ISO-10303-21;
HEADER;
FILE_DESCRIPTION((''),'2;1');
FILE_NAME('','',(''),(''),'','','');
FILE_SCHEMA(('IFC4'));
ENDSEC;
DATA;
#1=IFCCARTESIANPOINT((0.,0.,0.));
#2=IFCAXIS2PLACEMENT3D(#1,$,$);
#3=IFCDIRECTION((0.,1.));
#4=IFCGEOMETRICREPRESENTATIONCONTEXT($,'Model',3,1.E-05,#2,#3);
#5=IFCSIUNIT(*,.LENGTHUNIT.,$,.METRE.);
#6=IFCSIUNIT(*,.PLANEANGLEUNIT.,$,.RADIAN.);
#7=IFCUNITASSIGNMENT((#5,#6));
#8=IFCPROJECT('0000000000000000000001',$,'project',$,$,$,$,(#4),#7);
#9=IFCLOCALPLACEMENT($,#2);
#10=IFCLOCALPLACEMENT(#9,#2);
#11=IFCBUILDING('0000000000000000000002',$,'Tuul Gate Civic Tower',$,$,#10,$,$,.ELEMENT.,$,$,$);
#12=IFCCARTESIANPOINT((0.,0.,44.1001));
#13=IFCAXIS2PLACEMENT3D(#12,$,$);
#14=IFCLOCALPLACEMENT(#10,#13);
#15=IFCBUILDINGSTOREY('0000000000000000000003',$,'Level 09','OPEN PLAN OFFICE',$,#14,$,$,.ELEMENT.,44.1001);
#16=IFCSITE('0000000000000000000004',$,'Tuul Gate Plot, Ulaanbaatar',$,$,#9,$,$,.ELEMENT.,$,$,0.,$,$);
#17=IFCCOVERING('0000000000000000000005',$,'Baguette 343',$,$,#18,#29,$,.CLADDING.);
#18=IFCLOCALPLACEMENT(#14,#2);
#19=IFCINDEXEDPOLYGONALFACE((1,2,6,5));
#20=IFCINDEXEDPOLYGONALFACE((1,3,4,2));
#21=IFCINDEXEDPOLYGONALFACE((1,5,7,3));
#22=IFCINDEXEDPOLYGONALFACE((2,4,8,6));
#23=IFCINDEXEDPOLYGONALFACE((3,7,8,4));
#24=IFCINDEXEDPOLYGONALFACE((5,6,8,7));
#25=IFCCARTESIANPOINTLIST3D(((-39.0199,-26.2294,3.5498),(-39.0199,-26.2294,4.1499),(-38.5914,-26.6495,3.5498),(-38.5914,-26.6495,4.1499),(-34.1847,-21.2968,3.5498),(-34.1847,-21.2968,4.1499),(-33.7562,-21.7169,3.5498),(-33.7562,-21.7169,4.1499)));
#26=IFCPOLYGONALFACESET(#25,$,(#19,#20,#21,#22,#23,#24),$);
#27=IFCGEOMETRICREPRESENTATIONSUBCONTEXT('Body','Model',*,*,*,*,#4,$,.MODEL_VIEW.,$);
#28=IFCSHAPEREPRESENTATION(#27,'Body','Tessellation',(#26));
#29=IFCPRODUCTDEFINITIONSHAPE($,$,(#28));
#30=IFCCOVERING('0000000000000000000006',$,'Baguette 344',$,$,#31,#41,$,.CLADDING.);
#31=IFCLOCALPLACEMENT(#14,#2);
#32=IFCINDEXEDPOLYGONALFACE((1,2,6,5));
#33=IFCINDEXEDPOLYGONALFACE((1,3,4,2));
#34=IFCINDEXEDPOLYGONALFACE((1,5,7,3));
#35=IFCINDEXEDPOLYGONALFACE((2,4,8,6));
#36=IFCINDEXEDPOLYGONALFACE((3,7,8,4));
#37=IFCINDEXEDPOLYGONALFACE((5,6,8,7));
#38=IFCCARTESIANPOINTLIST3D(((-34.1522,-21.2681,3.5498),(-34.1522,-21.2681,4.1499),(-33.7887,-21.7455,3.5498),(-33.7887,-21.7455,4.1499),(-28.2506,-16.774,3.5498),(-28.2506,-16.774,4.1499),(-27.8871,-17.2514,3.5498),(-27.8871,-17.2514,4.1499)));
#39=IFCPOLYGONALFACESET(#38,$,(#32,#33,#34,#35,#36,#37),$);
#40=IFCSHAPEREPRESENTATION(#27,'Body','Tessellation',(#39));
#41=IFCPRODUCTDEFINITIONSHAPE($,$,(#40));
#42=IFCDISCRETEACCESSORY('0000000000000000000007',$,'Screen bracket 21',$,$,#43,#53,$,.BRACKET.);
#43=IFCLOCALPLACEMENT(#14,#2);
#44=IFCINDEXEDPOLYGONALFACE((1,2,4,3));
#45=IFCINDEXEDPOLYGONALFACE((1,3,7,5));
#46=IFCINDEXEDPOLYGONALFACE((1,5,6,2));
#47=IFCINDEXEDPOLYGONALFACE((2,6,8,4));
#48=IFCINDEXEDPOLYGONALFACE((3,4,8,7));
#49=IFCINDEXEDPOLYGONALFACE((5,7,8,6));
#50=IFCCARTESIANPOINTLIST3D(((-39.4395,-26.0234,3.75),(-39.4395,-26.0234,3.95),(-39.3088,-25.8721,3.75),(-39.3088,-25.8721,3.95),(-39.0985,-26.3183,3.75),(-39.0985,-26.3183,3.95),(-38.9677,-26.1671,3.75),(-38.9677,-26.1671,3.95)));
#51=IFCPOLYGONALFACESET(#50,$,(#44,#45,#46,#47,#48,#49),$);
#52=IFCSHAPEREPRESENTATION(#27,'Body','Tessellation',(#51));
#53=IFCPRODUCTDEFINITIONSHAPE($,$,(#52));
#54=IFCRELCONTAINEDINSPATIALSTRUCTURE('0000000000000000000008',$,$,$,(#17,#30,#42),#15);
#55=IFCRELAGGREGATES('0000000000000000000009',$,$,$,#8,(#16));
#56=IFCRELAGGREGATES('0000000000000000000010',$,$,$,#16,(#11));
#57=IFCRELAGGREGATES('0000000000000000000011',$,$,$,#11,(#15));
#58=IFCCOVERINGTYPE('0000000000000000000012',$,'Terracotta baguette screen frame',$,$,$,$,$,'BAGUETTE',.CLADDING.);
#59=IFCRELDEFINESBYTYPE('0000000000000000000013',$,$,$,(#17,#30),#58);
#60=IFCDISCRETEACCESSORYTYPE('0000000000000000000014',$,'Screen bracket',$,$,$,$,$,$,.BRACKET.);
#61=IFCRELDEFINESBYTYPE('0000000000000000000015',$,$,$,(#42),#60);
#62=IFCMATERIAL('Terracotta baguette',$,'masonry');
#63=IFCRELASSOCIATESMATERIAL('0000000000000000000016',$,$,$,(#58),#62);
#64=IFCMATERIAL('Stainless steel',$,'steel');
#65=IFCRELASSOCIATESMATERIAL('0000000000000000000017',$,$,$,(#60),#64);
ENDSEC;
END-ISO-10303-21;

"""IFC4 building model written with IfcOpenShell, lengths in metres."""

from ifc_helpers import new_model, si_unit, direction, frame, origin, origin_2d, place, context, subcontext, project, spatial, rectangle, extrude, material, material_profile, profile_set, type_object, element, save


model = new_model("IFC4")

# Units and contexts
model_context = context("Model", 3, precision=1e-05, world=origin(), true_north=direction((0.0, 1.0)))
body_context = subcontext(model_context, "Body", "Model", "MODEL_VIEW")
ifc_project = project(units=[si_unit("LENGTHUNIT", "METRE"), si_unit("PLANEANGLEUNIT", "RADIAN")], contexts=[model_context])

# Site, building, storey
site_placement = place(None, origin())
site = spatial("IfcSite", under=ifc_project, at=site_placement, Name="Tuul Gate Plot, Ulaanbaatar", CompositionType="ELEMENT", RefElevation=0.0)
building_placement = place(site_placement, origin())
building = spatial("IfcBuilding", under=site, at=building_placement, Name="Tuul Gate Civic Tower", CompositionType="ELEMENT")
storey_placement = place(building_placement, frame((0.0, 0.0, 44.1001)))
storey = spatial("IfcBuildingStorey", under=building, at=storey_placement, Name="Level 09", Description="OPEN PLAN OFFICE", CompositionType="ELEMENT", Elevation=44.1001)

# Coverings
ifc_material_1 = material(Name="Terracotta baguette", Category="masonry")
ifc_material_profile_1 = material_profile(ifc_material_1, rectangle(XDim=0.6001, YDim=0.6001, at=origin_2d()), Name="Terracotta baguette screen frame")
ifc_profile_set_1 = profile_set([ifc_material_profile_1], Name="Terracotta baguette")
covering_type = type_object("IfcCoveringType", Name="Terracotta baguette screen frame", ElementType="BAGUETTE", PredefinedType="CLADDING", material=ifc_profile_set_1)
covering_1_placement = place(storey_placement, frame((-38.8057, -26.4395, 3.8499), z_axis=(0.70002, 0.714123, 0.0), x_axis=(-0.714123, 0.70002, 0.0)))
element("IfcCovering", 1, at=covering_1_placement, inside=storey, type_object=covering_type, Name="Baguette 343", PredefinedType="CLADDING", context=body_context, shape_type="SweptSolid", body=[
    extrude(rectangle(XDim=0.6001, YDim=0.6001, at=origin_2d()), origin(), (0.0, 0.0, 1.0), 6.9072),
])
covering_2_placement = place(storey_placement, frame((-33.9705, -21.5068, 3.8499), z_axis=(0.795583, 0.605845, 0.0), x_axis=(-0.605845, 0.795583, 0.0)))
element("IfcCovering", 2, at=covering_2_placement, inside=storey, type_object=covering_type, Name="Baguette 344", PredefinedType="CLADDING", context=body_context, shape_type="SweptSolid", body=[
    extrude(rectangle(XDim=0.6001, YDim=0.6001, at=origin_2d()), origin(), (0.0, 0.0, 1.0), 7.418),
])

# Discrete accessory
ifc_material_2 = material(Name="Stainless steel", Category="steel")
discrete_accessory_type = type_object("IfcDiscreteAccessoryType", Name="Screen bracket", PredefinedType="BRACKET", material=ifc_material_2)
discrete_accessory_placement = place(storey_placement, frame((-39.2036, -26.0952, 3.75), z_axis=(0.0, 0.0, 1.0), x_axis=(0.756391, -0.654119, 0.0)))
element("IfcDiscreteAccessory", 3, at=discrete_accessory_placement, inside=storey, type_object=discrete_accessory_type, Name="Screen bracket 21", PredefinedType="BRACKET", context=body_context, shape_type="SweptSolid", body=[
    extrude(rectangle(XDim=0.4509, YDim=0.2, at=origin_2d()), origin(), (0.0, 0.0, 1.0), 0.2),
])

save(model, "model.ifc")
